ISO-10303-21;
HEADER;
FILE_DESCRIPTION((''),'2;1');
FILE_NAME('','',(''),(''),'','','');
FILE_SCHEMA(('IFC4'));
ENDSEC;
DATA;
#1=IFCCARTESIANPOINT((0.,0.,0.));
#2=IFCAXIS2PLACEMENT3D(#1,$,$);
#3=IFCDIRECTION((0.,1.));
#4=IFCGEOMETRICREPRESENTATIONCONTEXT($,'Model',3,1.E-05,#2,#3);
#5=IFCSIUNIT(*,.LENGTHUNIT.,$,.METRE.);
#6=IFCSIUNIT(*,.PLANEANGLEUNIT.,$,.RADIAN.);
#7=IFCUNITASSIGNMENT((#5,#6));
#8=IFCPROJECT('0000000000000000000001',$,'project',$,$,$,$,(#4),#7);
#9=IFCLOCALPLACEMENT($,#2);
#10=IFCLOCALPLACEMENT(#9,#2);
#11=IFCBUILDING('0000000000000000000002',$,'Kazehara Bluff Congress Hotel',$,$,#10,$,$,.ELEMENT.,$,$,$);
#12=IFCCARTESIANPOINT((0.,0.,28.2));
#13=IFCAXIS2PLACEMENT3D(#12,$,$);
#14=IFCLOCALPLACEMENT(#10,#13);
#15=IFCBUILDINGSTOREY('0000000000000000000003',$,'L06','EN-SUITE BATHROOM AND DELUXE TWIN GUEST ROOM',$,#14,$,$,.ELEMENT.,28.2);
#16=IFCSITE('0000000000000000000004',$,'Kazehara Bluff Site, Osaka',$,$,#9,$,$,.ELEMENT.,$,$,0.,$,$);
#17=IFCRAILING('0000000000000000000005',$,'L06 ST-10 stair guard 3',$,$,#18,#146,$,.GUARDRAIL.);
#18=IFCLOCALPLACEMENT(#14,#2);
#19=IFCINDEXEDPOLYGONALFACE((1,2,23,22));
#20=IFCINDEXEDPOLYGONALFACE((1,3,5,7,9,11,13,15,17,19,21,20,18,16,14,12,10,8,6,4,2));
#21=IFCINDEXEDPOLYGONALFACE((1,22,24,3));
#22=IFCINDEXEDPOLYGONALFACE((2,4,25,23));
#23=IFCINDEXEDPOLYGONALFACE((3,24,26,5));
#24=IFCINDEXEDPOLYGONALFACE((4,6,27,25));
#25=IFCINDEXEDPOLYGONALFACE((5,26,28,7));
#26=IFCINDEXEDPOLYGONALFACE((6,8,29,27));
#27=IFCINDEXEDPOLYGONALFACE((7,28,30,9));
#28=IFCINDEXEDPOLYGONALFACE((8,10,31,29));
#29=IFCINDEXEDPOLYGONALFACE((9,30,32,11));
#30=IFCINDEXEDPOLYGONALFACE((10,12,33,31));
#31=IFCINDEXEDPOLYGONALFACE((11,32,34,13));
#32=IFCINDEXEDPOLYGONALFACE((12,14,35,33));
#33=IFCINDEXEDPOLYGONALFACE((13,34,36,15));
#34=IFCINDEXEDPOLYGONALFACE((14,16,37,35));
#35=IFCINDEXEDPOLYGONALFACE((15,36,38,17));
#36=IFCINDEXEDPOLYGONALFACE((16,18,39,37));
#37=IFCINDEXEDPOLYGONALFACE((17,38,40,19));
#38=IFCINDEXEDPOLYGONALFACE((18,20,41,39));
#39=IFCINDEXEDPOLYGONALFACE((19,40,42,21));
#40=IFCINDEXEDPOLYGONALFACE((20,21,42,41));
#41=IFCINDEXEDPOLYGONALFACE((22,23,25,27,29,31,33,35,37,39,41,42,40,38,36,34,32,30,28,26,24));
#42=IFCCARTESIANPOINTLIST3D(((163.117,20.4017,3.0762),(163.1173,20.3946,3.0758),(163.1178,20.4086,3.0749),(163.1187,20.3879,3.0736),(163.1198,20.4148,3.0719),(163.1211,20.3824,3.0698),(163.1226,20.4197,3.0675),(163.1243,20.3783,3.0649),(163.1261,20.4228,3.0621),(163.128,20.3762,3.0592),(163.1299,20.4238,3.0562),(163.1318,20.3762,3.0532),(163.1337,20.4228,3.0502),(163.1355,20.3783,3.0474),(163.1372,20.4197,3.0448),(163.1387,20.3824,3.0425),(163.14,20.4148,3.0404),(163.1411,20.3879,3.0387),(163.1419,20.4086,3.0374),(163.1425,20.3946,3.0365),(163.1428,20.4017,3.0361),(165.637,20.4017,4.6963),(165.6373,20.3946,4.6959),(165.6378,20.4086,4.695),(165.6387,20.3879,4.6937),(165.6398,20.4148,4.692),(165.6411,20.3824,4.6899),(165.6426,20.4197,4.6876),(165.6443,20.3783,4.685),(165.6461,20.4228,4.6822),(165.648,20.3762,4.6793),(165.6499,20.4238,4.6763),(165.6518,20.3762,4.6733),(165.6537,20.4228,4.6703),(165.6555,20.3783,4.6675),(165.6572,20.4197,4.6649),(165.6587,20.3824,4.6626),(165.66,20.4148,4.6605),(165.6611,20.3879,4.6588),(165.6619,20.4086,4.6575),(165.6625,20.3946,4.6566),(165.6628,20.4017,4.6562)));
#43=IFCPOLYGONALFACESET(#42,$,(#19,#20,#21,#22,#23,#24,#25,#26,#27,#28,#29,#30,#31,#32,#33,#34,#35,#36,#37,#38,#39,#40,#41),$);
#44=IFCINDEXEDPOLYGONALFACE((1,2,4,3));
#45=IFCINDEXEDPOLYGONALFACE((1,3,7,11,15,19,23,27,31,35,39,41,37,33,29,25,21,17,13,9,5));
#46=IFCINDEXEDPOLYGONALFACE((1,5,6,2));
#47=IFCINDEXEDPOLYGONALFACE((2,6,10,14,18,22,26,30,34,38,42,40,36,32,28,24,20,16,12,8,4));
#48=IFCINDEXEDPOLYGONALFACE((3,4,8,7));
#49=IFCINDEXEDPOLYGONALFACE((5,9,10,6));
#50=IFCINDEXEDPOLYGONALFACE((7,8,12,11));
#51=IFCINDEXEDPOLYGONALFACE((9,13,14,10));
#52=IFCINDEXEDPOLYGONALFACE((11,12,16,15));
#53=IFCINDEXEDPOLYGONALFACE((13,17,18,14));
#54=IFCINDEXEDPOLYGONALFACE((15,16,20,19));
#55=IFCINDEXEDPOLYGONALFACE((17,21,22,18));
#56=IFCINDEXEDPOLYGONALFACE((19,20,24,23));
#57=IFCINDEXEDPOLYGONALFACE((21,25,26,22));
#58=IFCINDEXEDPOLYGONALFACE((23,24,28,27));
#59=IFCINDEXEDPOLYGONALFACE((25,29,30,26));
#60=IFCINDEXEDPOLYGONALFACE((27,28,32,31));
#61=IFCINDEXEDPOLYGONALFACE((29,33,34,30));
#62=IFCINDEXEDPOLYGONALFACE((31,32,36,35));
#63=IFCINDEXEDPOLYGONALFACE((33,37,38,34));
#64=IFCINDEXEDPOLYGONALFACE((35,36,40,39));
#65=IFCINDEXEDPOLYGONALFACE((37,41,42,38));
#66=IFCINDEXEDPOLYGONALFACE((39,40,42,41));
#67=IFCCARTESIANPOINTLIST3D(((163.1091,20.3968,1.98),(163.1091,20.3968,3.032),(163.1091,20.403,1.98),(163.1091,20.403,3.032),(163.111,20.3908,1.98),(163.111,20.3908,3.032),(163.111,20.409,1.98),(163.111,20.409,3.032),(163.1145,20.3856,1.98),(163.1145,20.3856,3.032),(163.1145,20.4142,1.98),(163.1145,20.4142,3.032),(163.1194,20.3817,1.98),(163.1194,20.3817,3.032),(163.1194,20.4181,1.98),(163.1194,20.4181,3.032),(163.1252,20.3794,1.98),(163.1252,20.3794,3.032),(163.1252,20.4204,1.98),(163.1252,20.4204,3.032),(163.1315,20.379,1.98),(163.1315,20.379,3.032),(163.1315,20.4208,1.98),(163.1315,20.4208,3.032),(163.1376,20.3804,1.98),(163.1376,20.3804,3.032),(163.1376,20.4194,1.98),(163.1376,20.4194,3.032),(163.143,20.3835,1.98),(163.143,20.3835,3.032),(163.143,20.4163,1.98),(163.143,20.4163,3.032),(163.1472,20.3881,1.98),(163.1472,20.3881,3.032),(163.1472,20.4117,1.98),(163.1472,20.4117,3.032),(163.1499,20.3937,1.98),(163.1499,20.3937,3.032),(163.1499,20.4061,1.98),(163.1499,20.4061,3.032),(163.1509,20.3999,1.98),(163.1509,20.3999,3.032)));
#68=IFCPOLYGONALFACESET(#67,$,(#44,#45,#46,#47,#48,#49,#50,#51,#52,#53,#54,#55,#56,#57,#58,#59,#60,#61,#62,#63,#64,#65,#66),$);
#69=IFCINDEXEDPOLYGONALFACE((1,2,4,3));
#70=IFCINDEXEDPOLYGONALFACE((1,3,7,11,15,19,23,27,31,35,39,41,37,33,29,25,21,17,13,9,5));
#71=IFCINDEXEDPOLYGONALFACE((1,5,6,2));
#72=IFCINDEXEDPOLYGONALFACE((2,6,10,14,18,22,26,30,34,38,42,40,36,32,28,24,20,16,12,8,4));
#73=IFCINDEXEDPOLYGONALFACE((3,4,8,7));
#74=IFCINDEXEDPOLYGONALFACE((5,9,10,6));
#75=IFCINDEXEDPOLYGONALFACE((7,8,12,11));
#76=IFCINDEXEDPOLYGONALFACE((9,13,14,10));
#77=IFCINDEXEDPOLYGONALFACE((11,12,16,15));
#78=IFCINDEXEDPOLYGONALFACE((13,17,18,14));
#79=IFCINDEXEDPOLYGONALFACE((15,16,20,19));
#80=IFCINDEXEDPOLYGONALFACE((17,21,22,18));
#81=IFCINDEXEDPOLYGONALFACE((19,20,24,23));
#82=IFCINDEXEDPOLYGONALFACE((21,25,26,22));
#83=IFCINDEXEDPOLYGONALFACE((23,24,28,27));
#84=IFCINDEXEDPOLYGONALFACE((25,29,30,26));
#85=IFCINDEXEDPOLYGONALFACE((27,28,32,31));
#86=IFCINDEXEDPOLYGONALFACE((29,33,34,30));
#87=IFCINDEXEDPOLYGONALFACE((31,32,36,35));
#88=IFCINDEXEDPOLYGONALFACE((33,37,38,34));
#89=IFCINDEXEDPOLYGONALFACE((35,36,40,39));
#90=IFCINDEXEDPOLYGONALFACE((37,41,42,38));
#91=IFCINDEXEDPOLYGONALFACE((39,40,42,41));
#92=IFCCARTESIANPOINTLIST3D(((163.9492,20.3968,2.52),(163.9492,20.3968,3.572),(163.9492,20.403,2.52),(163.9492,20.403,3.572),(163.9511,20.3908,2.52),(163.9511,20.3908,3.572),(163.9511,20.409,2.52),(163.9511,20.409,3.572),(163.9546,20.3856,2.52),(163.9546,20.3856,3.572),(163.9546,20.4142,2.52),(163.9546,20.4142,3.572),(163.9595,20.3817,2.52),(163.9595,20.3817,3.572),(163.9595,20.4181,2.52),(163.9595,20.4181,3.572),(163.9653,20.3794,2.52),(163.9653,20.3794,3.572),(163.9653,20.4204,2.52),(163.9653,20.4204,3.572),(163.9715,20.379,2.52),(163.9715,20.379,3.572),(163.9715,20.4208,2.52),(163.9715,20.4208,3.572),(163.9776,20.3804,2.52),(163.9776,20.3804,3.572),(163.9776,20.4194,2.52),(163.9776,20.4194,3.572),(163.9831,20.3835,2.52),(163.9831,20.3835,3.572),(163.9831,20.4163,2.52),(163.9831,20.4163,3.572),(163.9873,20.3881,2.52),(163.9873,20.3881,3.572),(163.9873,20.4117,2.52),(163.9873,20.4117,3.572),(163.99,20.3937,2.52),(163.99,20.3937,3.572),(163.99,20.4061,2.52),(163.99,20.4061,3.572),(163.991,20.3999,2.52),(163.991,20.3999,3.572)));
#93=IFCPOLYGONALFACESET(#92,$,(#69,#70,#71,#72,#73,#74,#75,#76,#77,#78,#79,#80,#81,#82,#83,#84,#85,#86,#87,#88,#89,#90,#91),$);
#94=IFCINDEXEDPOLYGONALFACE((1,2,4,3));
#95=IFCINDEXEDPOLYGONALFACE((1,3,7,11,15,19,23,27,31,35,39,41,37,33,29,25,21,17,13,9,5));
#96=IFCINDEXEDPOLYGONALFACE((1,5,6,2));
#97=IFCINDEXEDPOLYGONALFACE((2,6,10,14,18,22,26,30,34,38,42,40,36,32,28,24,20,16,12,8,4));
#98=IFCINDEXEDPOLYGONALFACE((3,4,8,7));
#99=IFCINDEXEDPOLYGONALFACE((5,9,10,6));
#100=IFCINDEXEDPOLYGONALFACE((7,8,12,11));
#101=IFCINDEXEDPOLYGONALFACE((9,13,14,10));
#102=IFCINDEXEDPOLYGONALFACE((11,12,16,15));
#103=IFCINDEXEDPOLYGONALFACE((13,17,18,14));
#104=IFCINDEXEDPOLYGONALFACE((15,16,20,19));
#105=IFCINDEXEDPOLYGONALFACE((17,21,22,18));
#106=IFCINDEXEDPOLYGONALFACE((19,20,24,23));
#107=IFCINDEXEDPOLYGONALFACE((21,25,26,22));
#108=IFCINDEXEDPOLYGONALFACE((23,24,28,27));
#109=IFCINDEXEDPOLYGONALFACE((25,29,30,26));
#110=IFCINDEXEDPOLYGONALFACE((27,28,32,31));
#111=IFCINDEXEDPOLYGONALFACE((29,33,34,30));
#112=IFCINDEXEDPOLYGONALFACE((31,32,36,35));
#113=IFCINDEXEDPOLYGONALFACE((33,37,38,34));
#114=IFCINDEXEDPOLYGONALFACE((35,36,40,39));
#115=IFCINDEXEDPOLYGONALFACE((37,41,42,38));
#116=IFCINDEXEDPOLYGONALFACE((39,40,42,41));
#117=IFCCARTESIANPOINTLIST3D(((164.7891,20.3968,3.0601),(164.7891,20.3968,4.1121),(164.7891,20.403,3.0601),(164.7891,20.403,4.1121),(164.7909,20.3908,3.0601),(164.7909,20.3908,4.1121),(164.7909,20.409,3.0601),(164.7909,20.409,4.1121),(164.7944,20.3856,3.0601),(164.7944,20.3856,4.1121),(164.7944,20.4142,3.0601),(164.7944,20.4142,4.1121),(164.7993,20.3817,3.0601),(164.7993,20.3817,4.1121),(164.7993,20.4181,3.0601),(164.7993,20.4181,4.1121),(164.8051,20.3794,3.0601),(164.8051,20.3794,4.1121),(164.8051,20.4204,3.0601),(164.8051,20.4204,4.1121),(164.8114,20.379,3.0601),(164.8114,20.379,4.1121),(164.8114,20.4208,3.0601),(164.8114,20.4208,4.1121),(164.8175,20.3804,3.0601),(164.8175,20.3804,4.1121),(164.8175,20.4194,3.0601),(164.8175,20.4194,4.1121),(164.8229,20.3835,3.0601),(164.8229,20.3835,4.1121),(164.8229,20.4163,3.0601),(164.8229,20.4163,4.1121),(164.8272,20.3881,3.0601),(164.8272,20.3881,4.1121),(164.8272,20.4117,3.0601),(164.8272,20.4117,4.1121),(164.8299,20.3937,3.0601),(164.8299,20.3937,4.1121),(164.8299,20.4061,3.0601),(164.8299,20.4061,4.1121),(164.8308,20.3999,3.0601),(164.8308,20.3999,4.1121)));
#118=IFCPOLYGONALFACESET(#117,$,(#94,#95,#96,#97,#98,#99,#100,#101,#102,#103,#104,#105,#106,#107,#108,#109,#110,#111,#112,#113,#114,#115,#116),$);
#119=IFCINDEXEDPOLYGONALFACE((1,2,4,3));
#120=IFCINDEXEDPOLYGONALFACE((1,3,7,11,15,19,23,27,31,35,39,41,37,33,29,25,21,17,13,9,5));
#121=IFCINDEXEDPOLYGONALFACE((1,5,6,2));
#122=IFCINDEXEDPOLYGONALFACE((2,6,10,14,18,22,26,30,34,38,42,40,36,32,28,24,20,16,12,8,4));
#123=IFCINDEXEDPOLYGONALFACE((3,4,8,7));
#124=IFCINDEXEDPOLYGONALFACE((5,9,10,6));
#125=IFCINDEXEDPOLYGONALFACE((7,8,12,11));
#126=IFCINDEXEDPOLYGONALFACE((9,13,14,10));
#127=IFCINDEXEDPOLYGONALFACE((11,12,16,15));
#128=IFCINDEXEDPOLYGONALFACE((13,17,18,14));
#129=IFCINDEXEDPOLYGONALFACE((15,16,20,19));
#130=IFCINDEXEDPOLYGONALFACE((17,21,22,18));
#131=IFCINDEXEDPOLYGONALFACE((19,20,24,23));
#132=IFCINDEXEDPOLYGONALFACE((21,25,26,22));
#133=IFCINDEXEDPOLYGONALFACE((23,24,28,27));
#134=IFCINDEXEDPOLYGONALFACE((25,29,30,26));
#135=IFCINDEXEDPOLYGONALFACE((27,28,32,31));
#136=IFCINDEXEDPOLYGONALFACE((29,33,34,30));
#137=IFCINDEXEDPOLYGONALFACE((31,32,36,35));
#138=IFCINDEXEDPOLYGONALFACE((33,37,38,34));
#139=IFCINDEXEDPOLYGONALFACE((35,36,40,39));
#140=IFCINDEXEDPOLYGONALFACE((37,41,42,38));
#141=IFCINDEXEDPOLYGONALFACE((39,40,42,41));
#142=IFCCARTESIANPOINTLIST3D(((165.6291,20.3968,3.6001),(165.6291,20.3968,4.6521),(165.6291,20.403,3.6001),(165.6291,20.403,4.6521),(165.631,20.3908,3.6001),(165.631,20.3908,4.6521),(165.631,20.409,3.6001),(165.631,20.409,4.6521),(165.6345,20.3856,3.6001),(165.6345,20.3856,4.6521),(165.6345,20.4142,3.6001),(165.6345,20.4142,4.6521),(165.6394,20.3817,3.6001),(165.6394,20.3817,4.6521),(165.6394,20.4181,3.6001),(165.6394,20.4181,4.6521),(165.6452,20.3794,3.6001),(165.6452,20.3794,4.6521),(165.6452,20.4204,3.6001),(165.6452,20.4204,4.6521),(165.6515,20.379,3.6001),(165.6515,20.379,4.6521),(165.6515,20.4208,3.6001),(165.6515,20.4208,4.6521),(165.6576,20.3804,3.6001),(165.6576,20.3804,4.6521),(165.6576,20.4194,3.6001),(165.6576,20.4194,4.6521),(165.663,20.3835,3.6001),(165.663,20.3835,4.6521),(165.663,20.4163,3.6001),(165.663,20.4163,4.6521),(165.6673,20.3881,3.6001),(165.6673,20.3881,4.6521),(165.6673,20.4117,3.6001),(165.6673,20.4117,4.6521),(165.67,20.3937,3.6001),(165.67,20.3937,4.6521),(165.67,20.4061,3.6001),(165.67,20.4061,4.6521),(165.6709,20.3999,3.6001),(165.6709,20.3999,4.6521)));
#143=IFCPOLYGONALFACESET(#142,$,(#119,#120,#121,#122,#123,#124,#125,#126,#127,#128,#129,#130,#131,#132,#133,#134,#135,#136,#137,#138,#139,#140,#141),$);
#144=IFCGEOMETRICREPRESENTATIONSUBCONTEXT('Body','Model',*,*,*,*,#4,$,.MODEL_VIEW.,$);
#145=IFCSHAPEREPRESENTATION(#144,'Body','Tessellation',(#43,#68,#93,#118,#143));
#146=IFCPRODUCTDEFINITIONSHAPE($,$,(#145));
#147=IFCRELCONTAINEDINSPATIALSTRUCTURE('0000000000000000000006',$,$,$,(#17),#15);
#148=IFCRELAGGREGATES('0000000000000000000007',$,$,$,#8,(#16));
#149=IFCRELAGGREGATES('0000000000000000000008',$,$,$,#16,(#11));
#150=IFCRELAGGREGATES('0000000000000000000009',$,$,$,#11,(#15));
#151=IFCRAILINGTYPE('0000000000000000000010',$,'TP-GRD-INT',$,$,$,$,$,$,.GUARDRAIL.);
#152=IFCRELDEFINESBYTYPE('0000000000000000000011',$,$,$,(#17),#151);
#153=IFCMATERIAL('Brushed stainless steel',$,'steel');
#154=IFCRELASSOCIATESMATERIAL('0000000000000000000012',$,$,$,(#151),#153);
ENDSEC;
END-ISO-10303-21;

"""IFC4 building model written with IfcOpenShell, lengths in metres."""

from ifc_helpers import new_model, si_unit, direction, frame, origin, origin_2d, place, context, subcontext, project, spatial, circle, extrude, material, type_object, element, save


model = new_model("IFC4")

# Units and contexts
model_context = context("Model", 3, precision=1e-05, world=origin(), true_north=direction((0.0, 1.0)))
body_context = subcontext(model_context, "Body", "Model", "MODEL_VIEW")
ifc_project = project(units=[si_unit("LENGTHUNIT", "METRE"), si_unit("PLANEANGLEUNIT", "RADIAN")], contexts=[model_context])

# Site, building, storey
site_placement = place(None, origin())
site = spatial("IfcSite", under=ifc_project, at=site_placement, Name="Kazehara Bluff Site, Osaka", CompositionType="ELEMENT", RefElevation=0.0)
building_placement = place(site_placement, origin())
building = spatial("IfcBuilding", under=site, at=building_placement, Name="Kazehara Bluff Congress Hotel", CompositionType="ELEMENT")
storey_placement = place(building_placement, frame((0.0, 0.0, 28.2)))
storey = spatial("IfcBuildingStorey", under=building, at=storey_placement, Name="L06", Description="EN-SUITE BATHROOM AND DELUXE TWIN GUEST ROOM", CompositionType="ELEMENT", Elevation=28.2)

# Railing
ifc_material_1 = material(Name="Brushed stainless steel", Category="steel")
railing_type_1 = type_object("IfcRailingType", Name="TP-GRD-INT", PredefinedType="GUARDRAIL", material=ifc_material_1)
railing_1_placement = place(storey_placement, frame((163.1299, 20.3999, 1.98)))
element("IfcRailing", 1, at=railing_1_placement, inside=storey, type_object=railing_type_1, Name="L06 ST-10 stair guard 3", PredefinedType="GUARDRAIL", context=body_context, shape_type="SweptSolid", body=[
    extrude(circle(Radius=0.0239, at=origin_2d()), frame((0.0, 0.0, 1.0762), z_axis=(0.841163, 0.0, 0.540782), x_axis=(0.0, 1.0, 0.0)), (0.0, 0.0, 1.0), 2.9958),
    extrude(circle(Radius=0.021, at=origin_2d()), origin(), (0.0, 0.0, 1.0), 1.052),
    extrude(circle(Radius=0.021, at=origin_2d()), frame((0.8401, 0.0, 0.54)), (0.0, 0.0, 1.0), 1.052),
    extrude(circle(Radius=0.021, at=origin_2d()), frame((1.6799, 0.0, 1.0801)), (0.0, 0.0, 1.0), 1.052),
    extrude(circle(Radius=0.021, at=origin_2d()), frame((2.52, 0.0, 1.6201)), (0.0, 0.0, 1.0), 1.052),
])

save(model, "model.ifc")
